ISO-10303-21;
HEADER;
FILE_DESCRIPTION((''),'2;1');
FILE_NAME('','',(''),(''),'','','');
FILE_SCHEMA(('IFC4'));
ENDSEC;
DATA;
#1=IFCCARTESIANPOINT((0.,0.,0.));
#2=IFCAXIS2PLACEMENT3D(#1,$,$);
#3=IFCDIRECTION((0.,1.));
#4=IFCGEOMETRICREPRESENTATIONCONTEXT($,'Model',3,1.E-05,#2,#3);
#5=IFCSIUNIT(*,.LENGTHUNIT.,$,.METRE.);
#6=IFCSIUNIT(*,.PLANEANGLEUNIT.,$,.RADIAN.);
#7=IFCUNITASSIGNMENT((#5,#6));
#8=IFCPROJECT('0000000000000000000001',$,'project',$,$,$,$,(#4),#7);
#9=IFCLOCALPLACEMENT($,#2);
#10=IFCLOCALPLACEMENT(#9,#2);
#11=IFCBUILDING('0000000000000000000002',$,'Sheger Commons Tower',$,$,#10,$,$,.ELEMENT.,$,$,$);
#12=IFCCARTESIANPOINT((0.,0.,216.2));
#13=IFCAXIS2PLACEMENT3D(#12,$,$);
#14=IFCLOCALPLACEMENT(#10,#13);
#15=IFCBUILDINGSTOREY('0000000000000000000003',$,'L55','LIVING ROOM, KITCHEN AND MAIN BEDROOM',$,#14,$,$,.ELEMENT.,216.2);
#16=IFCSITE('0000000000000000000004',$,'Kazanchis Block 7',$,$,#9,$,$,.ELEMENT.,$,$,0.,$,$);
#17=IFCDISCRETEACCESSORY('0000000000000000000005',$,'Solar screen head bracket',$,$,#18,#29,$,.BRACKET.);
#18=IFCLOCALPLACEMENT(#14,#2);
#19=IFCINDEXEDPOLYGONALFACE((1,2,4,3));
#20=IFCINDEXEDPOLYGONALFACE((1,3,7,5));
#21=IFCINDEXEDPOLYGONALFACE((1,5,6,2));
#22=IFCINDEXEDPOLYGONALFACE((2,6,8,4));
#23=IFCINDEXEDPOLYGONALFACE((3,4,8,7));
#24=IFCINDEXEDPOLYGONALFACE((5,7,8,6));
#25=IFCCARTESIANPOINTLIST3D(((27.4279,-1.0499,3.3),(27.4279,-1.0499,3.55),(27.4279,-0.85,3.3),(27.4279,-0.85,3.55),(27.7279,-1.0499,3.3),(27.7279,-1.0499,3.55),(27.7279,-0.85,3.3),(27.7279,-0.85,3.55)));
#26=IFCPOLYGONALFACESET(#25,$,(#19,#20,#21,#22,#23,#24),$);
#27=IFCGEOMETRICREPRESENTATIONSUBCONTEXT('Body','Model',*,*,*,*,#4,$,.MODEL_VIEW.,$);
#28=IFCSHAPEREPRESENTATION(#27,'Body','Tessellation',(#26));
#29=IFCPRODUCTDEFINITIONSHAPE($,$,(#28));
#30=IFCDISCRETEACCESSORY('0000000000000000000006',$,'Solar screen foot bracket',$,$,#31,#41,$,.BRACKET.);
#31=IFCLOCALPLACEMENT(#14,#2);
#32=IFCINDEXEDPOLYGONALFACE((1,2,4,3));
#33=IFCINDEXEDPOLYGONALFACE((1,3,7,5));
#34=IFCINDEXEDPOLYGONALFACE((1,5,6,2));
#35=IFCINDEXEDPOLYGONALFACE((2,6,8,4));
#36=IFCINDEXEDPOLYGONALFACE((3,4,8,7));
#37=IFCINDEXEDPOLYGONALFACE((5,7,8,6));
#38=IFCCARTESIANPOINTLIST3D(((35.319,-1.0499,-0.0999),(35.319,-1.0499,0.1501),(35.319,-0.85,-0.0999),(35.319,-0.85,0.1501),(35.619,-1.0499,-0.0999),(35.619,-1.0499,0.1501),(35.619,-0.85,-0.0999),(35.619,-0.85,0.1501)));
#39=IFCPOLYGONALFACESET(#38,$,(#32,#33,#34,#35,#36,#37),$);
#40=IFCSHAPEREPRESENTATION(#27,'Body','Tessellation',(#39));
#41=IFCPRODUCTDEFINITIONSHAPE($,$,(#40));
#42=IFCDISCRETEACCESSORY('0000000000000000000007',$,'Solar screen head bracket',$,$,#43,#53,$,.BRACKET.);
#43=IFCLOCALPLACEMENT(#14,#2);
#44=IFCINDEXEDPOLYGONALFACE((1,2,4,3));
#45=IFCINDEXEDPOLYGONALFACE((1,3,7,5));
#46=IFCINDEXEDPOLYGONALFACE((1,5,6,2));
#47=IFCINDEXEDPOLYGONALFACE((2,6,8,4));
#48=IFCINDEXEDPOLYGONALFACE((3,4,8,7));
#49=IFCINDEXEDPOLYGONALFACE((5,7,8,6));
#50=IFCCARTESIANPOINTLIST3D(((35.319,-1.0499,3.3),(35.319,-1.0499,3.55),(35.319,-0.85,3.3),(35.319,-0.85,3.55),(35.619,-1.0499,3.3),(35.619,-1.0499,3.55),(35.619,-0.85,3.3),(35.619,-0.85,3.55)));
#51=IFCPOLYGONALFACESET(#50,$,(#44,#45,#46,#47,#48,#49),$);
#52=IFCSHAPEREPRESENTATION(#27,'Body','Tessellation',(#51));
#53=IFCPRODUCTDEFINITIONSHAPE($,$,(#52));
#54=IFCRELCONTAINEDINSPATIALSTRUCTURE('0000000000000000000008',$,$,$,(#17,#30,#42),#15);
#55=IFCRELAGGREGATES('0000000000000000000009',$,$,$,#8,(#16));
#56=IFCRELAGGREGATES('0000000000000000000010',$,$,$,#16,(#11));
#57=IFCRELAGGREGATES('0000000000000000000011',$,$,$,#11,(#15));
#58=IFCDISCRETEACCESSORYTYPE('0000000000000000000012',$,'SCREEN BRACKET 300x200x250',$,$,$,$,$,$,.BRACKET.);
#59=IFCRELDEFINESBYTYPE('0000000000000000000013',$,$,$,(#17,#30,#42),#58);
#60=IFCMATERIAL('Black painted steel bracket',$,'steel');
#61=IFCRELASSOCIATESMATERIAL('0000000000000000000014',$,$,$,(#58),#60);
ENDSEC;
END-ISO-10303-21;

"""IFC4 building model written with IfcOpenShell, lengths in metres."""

from ifc_helpers import new_model, si_unit, direction, frame, origin, origin_2d, place, context, subcontext, project, spatial, rectangle, extrude, material, type_object, element, save


model = new_model("IFC4")

# Units and contexts
model_context = context("Model", 3, precision=1e-05, world=origin(), true_north=direction((0.0, 1.0)))
body_context = subcontext(model_context, "Body", "Model", "MODEL_VIEW")
ifc_project = project(units=[si_unit("LENGTHUNIT", "METRE"), si_unit("PLANEANGLEUNIT", "RADIAN")], contexts=[model_context])

# Site, building, storey
site_placement = place(None, origin())
site = spatial("IfcSite", under=ifc_project, at=site_placement, Name="Kazanchis Block 7", CompositionType="ELEMENT", RefElevation=0.0)
building_placement = place(site_placement, origin())
building = spatial("IfcBuilding", under=site, at=building_placement, Name="Sheger Commons Tower", CompositionType="ELEMENT")
storey_placement = place(building_placement, frame((0.0, 0.0, 216.2)))
storey = spatial("IfcBuildingStorey", under=building, at=storey_placement, Name="L55", Description="LIVING ROOM, KITCHEN AND MAIN BEDROOM", CompositionType="ELEMENT", Elevation=216.2)

# Discrete accessories
ifc_material_1 = material(Name="Black painted steel bracket", Category="steel")
discrete_accessory_type = type_object("IfcDiscreteAccessoryType", Name="SCREEN BRACKET 300x200x250", PredefinedType="BRACKET", material=ifc_material_1)
for number, where, z_axis, x_axis, name in (
    (1, (27.5779, -0.95, 3.3), (0.0, 0.0, 1.0), (1.0, 0.0, 0.0), "Solar screen head bracket"),
    (2, (35.469, -0.95, -0.0999), (0.0, 0.0, 1.0), (1.0, 0.0, 0.0), "Solar screen foot bracket"),
    (3, (35.469, -0.95, 3.3), (0.0, 0.0, 1.0), (1.0, 0.0, 0.0), "Solar screen head bracket"),
):
    element("IfcDiscreteAccessory", number, at=place(storey_placement, frame(where, z_axis=z_axis, x_axis=x_axis)), inside=storey, type_object=discrete_accessory_type, Name=name, PredefinedType="BRACKET", context=body_context, shape_type="SweptSolid", body=[
        extrude(rectangle(XDim=0.3, YDim=0.2, at=origin_2d()), origin(), (0.0, 0.0, 1.0), 0.25),
    ])

save(model, "model.ifc")
